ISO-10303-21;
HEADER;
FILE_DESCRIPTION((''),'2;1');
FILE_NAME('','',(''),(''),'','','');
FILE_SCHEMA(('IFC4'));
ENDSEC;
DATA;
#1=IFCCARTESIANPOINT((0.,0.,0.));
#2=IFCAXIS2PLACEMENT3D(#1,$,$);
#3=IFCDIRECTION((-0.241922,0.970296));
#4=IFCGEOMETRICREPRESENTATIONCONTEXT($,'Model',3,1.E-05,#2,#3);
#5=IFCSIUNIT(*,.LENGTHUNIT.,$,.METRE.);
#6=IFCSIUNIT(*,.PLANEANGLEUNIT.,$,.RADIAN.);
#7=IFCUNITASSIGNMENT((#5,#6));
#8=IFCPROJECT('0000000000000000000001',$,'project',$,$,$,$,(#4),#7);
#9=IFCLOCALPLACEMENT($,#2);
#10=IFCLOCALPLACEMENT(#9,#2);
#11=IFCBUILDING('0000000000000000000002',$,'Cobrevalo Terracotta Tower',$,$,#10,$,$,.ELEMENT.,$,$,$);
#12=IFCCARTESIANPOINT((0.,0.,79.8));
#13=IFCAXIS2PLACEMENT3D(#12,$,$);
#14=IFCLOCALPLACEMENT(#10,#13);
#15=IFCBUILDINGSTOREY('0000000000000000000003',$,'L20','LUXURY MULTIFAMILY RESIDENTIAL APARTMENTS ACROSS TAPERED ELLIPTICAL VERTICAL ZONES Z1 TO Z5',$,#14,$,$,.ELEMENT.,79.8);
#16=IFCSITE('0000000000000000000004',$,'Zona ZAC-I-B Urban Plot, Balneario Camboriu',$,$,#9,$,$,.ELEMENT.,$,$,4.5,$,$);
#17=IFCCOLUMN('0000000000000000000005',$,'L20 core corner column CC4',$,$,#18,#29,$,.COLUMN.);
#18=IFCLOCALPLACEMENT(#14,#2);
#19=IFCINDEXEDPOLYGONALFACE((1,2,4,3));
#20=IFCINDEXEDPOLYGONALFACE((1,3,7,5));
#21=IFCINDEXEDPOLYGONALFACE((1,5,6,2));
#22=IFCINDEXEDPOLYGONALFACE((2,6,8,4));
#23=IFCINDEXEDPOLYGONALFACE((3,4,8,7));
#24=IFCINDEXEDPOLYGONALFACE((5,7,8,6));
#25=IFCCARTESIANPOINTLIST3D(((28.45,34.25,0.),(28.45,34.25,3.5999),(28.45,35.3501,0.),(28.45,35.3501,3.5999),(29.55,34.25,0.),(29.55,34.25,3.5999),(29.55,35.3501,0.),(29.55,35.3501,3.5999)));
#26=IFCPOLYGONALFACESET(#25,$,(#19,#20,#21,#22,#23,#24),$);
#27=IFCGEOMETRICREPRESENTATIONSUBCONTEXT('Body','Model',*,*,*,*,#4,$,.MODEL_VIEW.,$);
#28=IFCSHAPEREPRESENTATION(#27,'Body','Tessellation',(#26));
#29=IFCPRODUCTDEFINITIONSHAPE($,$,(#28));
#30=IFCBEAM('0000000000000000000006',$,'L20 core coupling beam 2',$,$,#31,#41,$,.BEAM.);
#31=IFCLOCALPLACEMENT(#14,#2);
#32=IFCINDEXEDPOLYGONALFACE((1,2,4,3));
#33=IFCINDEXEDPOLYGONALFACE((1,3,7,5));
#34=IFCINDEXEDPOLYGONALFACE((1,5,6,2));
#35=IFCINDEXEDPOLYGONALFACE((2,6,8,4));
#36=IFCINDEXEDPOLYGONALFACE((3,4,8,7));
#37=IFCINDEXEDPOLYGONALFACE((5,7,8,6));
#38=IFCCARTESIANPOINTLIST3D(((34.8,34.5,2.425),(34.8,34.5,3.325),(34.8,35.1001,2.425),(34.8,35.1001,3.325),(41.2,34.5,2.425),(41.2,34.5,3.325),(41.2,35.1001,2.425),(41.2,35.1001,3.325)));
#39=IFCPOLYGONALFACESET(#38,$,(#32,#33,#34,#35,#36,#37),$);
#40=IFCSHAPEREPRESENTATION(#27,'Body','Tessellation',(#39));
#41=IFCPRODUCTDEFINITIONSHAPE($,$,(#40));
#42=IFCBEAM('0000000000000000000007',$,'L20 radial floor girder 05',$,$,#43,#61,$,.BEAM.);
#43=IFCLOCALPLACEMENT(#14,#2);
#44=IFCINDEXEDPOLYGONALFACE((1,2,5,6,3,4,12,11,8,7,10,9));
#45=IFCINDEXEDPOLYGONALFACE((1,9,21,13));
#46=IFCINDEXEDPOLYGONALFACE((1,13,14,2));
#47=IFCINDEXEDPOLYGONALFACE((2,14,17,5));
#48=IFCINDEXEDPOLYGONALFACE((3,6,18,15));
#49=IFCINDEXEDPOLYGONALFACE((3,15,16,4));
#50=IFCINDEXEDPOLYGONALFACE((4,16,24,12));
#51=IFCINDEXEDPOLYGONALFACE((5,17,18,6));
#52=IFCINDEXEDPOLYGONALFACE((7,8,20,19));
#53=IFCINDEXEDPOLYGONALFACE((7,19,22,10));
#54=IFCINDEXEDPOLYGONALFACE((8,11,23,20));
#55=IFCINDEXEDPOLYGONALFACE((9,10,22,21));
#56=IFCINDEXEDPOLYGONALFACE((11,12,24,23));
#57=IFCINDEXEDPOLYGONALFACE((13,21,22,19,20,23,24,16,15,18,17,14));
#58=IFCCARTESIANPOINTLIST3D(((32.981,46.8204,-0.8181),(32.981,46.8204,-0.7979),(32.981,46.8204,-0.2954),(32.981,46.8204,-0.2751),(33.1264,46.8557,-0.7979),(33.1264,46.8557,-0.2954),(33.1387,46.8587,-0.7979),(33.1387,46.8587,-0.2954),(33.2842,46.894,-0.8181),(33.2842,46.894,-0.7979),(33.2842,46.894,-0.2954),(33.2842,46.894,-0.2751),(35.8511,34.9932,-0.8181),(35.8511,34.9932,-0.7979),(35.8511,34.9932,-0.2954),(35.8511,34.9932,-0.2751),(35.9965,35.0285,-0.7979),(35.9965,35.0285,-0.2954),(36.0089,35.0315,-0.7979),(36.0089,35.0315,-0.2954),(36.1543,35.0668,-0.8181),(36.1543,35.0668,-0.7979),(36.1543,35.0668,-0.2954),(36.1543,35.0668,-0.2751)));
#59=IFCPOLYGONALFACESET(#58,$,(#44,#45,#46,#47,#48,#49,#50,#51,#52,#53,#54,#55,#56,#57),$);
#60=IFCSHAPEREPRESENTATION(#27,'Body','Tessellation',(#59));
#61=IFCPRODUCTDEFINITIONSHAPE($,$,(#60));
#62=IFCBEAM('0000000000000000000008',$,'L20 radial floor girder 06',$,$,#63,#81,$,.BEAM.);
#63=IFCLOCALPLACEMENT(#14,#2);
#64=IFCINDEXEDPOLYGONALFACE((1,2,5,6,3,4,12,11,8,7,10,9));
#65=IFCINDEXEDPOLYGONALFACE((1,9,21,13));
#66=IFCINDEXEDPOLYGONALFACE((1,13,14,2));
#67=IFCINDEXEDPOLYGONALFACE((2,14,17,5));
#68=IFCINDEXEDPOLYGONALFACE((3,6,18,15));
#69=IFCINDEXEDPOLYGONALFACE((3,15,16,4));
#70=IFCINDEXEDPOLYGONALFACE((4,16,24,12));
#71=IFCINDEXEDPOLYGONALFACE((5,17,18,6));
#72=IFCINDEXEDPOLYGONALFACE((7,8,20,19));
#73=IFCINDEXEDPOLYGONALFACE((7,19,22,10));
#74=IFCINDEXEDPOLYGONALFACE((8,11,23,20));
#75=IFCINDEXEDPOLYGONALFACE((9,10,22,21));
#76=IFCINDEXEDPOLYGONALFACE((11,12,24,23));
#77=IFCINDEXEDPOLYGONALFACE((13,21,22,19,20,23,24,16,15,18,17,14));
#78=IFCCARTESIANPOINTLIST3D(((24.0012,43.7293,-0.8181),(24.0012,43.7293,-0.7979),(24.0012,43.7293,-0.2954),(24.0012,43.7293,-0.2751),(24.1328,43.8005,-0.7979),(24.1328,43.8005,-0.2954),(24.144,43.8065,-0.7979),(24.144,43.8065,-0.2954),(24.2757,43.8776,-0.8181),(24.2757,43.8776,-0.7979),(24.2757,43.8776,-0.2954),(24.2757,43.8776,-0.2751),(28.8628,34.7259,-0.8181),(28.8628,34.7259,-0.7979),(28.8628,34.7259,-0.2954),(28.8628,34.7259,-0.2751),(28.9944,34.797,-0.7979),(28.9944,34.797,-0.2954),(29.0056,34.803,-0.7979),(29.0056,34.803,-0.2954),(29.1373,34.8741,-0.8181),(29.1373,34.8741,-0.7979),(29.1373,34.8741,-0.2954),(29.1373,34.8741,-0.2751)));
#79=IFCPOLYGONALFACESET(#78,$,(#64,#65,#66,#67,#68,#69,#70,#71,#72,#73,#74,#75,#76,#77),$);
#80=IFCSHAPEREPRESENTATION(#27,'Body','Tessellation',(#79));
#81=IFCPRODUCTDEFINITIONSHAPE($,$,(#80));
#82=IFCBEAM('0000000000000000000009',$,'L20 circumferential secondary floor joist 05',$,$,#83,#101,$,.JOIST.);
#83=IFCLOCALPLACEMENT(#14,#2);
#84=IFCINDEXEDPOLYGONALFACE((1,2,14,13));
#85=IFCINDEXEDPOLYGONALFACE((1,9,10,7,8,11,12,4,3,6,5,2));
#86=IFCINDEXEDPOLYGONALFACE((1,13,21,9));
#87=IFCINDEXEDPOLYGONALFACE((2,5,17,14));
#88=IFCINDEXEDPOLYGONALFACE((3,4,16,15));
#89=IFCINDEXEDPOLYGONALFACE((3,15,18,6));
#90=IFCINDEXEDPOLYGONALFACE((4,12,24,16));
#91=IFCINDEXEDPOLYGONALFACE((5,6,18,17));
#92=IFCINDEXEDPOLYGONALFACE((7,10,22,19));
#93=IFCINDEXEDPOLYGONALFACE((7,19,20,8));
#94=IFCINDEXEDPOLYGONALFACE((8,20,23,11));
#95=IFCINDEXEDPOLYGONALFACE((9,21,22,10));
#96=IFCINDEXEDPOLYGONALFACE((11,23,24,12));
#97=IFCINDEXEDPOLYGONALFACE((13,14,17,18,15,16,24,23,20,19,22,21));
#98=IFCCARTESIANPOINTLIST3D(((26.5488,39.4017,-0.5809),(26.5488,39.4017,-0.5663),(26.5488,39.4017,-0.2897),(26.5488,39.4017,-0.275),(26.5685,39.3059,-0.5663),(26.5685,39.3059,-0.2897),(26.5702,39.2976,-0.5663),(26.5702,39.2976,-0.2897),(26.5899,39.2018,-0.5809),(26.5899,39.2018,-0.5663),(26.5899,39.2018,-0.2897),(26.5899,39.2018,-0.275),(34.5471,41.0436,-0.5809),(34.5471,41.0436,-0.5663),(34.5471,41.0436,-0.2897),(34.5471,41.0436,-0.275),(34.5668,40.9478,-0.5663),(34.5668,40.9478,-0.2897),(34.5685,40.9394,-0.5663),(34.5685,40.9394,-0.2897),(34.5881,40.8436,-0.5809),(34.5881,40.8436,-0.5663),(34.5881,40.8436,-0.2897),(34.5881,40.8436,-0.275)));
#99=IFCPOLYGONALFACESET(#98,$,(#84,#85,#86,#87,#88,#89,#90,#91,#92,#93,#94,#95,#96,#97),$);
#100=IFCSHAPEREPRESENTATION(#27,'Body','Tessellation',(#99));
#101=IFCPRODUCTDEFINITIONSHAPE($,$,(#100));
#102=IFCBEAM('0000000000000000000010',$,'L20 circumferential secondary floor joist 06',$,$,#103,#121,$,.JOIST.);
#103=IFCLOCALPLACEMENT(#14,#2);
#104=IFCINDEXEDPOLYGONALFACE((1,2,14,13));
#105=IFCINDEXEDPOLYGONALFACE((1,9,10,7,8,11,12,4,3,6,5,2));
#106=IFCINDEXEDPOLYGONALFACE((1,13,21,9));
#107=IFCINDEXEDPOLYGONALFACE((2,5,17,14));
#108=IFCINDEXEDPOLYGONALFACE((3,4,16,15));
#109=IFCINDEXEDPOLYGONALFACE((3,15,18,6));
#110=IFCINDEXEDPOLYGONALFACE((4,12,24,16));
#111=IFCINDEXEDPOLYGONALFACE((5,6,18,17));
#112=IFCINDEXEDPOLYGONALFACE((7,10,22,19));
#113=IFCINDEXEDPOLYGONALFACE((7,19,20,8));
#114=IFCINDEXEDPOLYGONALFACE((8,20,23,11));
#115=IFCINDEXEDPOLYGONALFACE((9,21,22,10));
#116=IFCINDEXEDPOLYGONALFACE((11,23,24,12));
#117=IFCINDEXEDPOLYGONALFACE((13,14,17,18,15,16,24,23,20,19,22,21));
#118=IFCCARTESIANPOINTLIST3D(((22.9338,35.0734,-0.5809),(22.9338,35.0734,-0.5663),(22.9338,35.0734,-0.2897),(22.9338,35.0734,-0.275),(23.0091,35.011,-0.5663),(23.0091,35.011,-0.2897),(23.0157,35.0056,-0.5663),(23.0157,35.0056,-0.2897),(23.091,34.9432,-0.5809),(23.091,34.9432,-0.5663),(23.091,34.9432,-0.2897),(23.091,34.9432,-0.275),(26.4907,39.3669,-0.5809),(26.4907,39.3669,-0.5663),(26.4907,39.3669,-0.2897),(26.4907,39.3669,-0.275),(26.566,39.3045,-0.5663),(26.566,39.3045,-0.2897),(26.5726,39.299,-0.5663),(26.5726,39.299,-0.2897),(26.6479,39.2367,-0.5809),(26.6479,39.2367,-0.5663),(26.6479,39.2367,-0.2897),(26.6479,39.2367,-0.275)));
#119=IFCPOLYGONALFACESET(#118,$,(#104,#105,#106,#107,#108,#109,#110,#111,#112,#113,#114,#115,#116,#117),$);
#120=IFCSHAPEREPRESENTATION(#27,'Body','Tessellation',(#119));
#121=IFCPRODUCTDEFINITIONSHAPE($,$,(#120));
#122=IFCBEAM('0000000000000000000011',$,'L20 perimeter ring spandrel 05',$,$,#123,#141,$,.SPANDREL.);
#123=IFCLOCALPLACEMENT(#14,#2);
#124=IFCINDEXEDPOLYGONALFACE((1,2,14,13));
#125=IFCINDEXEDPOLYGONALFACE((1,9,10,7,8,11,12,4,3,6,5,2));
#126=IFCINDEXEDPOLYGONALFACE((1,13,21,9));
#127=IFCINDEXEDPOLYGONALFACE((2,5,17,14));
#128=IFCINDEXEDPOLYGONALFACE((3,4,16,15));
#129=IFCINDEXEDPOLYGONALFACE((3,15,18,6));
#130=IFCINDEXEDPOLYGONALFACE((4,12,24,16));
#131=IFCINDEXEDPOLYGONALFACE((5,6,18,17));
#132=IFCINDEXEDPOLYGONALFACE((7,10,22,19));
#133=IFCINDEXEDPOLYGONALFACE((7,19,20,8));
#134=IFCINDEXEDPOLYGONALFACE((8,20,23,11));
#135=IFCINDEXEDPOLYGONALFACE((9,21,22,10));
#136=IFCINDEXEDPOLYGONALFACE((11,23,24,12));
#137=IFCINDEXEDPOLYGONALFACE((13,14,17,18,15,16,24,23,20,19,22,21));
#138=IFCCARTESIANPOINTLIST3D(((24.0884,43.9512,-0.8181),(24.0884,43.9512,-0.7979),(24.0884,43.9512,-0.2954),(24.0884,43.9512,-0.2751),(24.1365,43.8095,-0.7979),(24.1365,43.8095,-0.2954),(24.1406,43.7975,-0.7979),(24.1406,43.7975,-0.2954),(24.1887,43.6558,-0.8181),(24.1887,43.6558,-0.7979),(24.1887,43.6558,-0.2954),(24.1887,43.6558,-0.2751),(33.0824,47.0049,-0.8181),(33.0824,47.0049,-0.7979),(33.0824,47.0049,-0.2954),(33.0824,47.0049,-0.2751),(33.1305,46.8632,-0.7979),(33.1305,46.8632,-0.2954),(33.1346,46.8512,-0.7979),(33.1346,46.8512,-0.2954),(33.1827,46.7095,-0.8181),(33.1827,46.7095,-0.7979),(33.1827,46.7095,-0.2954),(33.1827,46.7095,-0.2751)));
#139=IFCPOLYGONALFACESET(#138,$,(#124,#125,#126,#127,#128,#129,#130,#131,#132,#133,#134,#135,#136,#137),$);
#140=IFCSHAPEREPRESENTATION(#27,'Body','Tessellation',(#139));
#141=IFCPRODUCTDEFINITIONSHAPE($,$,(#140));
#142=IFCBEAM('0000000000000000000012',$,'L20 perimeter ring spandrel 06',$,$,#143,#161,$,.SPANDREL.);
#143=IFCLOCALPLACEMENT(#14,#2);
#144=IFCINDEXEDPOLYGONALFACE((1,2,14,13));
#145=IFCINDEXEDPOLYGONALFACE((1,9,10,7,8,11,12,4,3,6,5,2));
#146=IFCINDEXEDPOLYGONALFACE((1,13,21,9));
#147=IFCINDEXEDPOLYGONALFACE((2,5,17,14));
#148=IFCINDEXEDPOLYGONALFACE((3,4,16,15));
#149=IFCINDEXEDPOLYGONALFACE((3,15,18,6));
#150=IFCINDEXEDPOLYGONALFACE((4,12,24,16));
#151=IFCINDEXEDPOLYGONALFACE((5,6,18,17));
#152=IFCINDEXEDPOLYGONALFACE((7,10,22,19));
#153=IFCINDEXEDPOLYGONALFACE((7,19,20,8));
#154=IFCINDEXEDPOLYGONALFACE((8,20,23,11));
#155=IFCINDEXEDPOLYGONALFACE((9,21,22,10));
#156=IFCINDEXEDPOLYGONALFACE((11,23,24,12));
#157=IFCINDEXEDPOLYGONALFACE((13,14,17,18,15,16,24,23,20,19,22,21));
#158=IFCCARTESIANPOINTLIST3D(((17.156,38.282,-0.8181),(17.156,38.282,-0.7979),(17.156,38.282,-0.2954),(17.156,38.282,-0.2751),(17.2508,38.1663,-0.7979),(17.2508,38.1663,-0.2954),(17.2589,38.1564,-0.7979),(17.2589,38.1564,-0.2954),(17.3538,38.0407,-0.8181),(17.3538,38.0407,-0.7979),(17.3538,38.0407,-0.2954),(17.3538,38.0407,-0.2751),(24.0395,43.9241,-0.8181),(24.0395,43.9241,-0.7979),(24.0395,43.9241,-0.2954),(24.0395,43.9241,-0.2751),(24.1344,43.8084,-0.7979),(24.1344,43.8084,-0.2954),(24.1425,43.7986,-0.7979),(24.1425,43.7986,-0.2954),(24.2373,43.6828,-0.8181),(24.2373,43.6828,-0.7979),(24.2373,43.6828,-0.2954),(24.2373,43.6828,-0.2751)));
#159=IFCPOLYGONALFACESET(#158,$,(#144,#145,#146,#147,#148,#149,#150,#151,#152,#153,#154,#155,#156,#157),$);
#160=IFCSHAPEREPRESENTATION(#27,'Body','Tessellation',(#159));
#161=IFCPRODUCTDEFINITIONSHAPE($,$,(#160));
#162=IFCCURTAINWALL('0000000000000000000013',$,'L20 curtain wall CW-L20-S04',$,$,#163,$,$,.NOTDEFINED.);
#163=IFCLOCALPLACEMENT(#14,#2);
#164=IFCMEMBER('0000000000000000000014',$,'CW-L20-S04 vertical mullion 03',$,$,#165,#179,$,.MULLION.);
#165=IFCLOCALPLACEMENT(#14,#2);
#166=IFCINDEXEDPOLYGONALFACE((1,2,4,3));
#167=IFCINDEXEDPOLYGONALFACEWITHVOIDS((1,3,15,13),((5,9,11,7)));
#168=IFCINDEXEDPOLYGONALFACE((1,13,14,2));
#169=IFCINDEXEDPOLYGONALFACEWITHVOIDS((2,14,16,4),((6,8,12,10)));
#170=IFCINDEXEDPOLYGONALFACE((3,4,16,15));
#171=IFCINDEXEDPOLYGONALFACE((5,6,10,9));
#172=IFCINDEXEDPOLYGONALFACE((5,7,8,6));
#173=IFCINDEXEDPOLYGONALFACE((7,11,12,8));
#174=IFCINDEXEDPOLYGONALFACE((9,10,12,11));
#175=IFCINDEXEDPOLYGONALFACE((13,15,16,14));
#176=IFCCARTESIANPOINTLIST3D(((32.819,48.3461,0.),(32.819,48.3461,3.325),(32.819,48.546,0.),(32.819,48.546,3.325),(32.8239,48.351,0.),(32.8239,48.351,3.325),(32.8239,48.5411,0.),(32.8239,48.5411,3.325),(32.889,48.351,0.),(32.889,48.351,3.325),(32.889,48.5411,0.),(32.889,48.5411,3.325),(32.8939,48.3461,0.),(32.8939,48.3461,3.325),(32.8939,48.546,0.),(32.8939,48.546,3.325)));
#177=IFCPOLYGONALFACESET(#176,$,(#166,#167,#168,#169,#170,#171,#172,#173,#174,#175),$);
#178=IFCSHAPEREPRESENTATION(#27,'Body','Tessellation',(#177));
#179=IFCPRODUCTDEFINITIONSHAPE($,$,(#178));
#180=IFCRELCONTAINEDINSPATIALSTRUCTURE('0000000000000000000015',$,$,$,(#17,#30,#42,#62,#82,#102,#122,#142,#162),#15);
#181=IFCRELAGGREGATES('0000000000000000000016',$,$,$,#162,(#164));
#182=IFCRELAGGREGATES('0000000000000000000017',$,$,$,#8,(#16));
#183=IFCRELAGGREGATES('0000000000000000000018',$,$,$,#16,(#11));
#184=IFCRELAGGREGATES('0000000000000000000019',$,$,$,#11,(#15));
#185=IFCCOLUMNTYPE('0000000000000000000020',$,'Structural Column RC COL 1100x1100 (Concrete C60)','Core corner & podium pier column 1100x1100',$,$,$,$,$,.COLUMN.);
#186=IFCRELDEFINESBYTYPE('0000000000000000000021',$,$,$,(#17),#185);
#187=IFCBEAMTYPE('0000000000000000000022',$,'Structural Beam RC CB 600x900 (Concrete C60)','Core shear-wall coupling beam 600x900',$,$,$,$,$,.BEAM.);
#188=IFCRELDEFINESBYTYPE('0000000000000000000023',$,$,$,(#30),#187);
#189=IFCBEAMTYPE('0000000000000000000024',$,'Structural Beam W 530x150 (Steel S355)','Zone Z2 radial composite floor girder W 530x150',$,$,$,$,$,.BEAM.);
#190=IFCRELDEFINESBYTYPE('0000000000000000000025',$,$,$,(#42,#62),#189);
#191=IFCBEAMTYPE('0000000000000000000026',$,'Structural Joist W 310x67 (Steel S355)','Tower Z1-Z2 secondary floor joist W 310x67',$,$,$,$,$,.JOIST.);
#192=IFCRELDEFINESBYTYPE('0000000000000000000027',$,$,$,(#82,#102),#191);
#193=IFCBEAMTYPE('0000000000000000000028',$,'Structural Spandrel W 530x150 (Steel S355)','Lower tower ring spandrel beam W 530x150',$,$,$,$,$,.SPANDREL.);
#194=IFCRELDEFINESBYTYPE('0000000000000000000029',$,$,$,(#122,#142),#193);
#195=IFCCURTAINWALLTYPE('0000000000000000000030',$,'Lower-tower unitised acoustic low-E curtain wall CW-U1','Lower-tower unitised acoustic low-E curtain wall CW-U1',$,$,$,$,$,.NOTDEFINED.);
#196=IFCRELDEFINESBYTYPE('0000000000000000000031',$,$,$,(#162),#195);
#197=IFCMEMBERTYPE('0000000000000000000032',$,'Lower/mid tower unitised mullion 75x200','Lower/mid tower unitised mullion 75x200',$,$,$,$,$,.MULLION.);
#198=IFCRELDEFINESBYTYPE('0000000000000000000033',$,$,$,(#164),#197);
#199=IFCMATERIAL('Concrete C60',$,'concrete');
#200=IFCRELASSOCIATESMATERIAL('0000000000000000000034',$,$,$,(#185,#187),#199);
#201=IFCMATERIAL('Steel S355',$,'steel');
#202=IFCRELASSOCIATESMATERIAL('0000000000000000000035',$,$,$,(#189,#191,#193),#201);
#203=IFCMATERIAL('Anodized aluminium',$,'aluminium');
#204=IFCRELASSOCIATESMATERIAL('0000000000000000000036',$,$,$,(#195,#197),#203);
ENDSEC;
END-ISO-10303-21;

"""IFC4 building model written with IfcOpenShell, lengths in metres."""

from ifc_helpers import new_model, si_unit, direction, frame, origin, origin_2d, place, context, subcontext, project, spatial, rectangle, hollow_rectangle, i_section, extrude, source, transform, mapped, material, material_profile, profile_set, type_object, element, aggregate, save


model = new_model("IFC4")

# Units and contexts
model_context = context("Model", 3, precision=1e-05, world=origin(), true_north=direction((-0.241922, 0.970296)))
body_context = subcontext(model_context, "Body", "Model", "MODEL_VIEW")
ifc_project = project(units=[si_unit("LENGTHUNIT", "METRE"), si_unit("PLANEANGLEUNIT", "RADIAN")], contexts=[model_context])

# Site, building, storey
site_placement = place(None, origin())
site = spatial("IfcSite", under=ifc_project, at=site_placement, Name="Zona ZAC-I-B Urban Plot, Balneario Camboriu", CompositionType="ELEMENT", RefElevation=4.5)
building_placement = place(site_placement, origin())
building = spatial("IfcBuilding", under=site, at=building_placement, Name="Cobrevalo Terracotta Tower", CompositionType="ELEMENT")
storey_placement = place(building_placement, frame((0.0, 0.0, 79.8)))
storey = spatial("IfcBuildingStorey", under=building, at=storey_placement, Name="L20", Description="LUXURY MULTIFAMILY RESIDENTIAL APARTMENTS ACROSS TAPERED ELLIPTICAL VERTICAL ZONES Z1 TO Z5", CompositionType="ELEMENT", Elevation=79.8)

# Column
ifc_material_1 = material(Name="Steel S355", Category="steel")
ifc_material_2 = material(Name="Concrete C60", Category="concrete")
ifc_material_profile_1 = material_profile(ifc_material_2, rectangle(XDim=1.1001, YDim=1.1001, at=origin_2d()), Name="RC COL 1100x1100")
ifc_profile_set_1 = profile_set([ifc_material_profile_1], Name="Concrete C60")
column_type_1 = type_object("IfcColumnType", Name="Structural Column RC COL 1100x1100 (Concrete C60)", Description="Core corner & podium pier column 1100x1100", PredefinedType="COLUMN", material=ifc_profile_set_1)
column_placement = place(storey_placement, frame((29.0, 34.8, 0.0), z_axis=(0.0, 0.0, 1.0), x_axis=(1.0, 0.0, 0.0)))
element("IfcColumn", 1, at=column_placement, inside=storey, type_object=column_type_1, Name="L20 core corner column CC4", PredefinedType="COLUMN", context=body_context, shape_type="SweptSolid", body=[
    extrude(rectangle(XDim=1.1001, YDim=1.1001, at=origin_2d()), origin(), (0.0, 0.0, 1.0), 3.5999),
])

# Beams
ifc_material_profile_2 = material_profile(ifc_material_2, rectangle(XDim=0.6001, YDim=0.8999, at=origin_2d()), Name="RC CB 600x900")
ifc_profile_set_2 = profile_set([ifc_material_profile_2], Name="Concrete C60")
beam_type_1 = type_object("IfcBeamType", Name="Structural Beam RC CB 600x900 (Concrete C60)", Description="Core shear-wall coupling beam 600x900", PredefinedType="BEAM", material=ifc_profile_set_2)
beam_1_placement = place(storey_placement, frame((34.8, 34.8, 2.875), z_axis=(1.0, 0.0, 0.0), x_axis=(0.0, 1.0, 0.0)))
element("IfcBeam", 2, at=beam_1_placement, inside=storey, type_object=beam_type_1, Name="L20 core coupling beam 2", PredefinedType="BEAM", context=body_context, shape_type="SweptSolid", body=[
    extrude(rectangle(XDim=0.6001, YDim=0.8999, at=origin_2d()), origin(), (0.0, 0.0, 1.0), 6.3999),
])
ifc_material_profile_3 = material_profile(ifc_material_1, i_section(OverallWidth=0.312, OverallDepth=0.543, WebThickness=0.0127, FlangeThickness=0.0203, at=origin_2d()), Name="W 530x150")
ifc_profile_set_3 = profile_set([ifc_material_profile_3], Name="Steel S355")
beam_type_2 = type_object("IfcBeamType", Name="Structural Beam W 530x150 (Steel S355)", Description="Zone Z2 radial composite floor girder W 530x150", PredefinedType="BEAM", material=ifc_profile_set_3)
beam_2_placement = place(storey_placement, frame((33.1326, 46.8572, -0.5466), z_axis=(0.235827, -0.971795, 0.0), x_axis=(0.971795, 0.235827, 0.0)))
element("IfcBeam", 3, at=beam_2_placement, inside=storey, type_object=beam_type_2, Name="L20 radial floor girder 05", PredefinedType="BEAM", context=body_context, shape_type="SweptSolid", body=[
    extrude(i_section(OverallWidth=0.312, OverallDepth=0.543, WebThickness=0.0127, FlangeThickness=0.0203, at=origin_2d()), origin(), (0.0, 0.0, 1.0), 12.1704),
])
beam_3_placement = place(storey_placement, frame((24.1384, 43.8035, -0.5466), z_axis=(0.475128, -0.879917, 0.0), x_axis=(0.879917, 0.475128, 0.0)))
element("IfcBeam", 4, at=beam_3_placement, inside=storey, type_object=beam_type_2, Name="L20 radial floor girder 06", PredefinedType="BEAM", context=body_context, shape_type="SweptSolid", body=[
    extrude(i_section(OverallWidth=0.312, OverallDepth=0.543, WebThickness=0.0127, FlangeThickness=0.0203, at=origin_2d()), origin(), (0.0, 0.0, 1.0), 10.2322),
])
ifc_material_profile_4 = material_profile(ifc_material_1, i_section(OverallWidth=0.2041, OverallDepth=0.3059, WebThickness=0.0085, FlangeThickness=0.0146, at=origin_2d()), Name="W 310x67")
ifc_profile_set_4 = profile_set([ifc_material_profile_4], Name="Steel S355")
beam_type_3 = type_object("IfcBeamType", Name="Structural Joist W 310x67 (Steel S355)", Description="Tower Z1-Z2 secondary floor joist W 310x67", PredefinedType="JOIST", material=ifc_profile_set_4)
beam_4_placement = place(storey_placement, frame((34.5676, 40.9436, -0.428), z_axis=(-0.979574, -0.201082, 0.0), x_axis=(0.201082, -0.979574, 0.0)))
element("IfcBeam", 5, at=beam_4_placement, inside=storey, type_object=beam_type_3, Name="L20 circumferential secondary floor joist 05", PredefinedType="JOIST", context=body_context, shape_type="SweptSolid", body=[
    extrude(i_section(OverallWidth=0.2041, OverallDepth=0.3059, WebThickness=0.0085, FlangeThickness=0.0146, at=origin_2d()), origin(), (0.0, 0.0, 1.0), 8.165),
])
beam_5_placement = place(storey_placement, frame((26.5693, 39.3018, -0.428), z_axis=(-0.637959, -0.77007, 0.0), x_axis=(0.77007, -0.637959, 0.0)))
element("IfcBeam", 6, at=beam_5_placement, inside=storey, type_object=beam_type_3, Name="L20 circumferential secondary floor joist 06", PredefinedType="JOIST", context=body_context, shape_type="SweptSolid", body=[
    extrude(i_section(OverallWidth=0.2041, OverallDepth=0.3059, WebThickness=0.0085, FlangeThickness=0.0146, at=origin_2d()), origin(), (0.0, 0.0, 1.0), 5.5754),
])
ifc_material_profile_5 = material_profile(ifc_material_1, i_section(OverallWidth=0.312, OverallDepth=0.543, WebThickness=0.0127, FlangeThickness=0.0203, at=origin_2d()), Name="W 530x150")
ifc_profile_set_5 = profile_set([ifc_material_profile_5], Name="Steel S355")
beam_type_4 = type_object("IfcBeamType", Name="Structural Spandrel W 530x150 (Steel S355)", Description="Lower tower ring spandrel beam W 530x150", PredefinedType="SPANDREL", material=ifc_profile_set_5)
beam_6_placement = place(storey_placement, frame((33.1326, 46.8572, -0.5466), z_axis=(-0.946911, -0.321497, 0.0), x_axis=(0.321497, -0.946911, 0.0)))
element("IfcBeam", 7, at=beam_6_placement, inside=storey, type_object=beam_type_4, Name="L20 perimeter ring spandrel 05", PredefinedType="SPANDREL", context=body_context, shape_type="SweptSolid", body=[
    extrude(i_section(OverallWidth=0.312, OverallDepth=0.543, WebThickness=0.0127, FlangeThickness=0.0203, at=origin_2d()), origin(), (0.0, 0.0, 1.0), 9.4983),
])
beam_7_placement = place(storey_placement, frame((24.1384, 43.8035, -0.5466), z_axis=(-0.773401, -0.633917, 0.0), x_axis=(0.633917, -0.773401, 0.0)))
element("IfcBeam", 8, at=beam_7_placement, inside=storey, type_object=beam_type_4, Name="L20 perimeter ring spandrel 06", PredefinedType="SPANDREL", context=body_context, shape_type="SweptSolid", body=[
    extrude(i_section(OverallWidth=0.312, OverallDepth=0.543, WebThickness=0.0127, FlangeThickness=0.0203, at=origin_2d()), origin(), (0.0, 0.0, 1.0), 8.9004),
])

# Curtain wall, member
ifc_material_3 = material(Name="Anodized aluminium", Category="aluminium")
curtain_wall_type = type_object("IfcCurtainWallType", Name="Lower-tower unitised acoustic low-E curtain wall CW-U1", Description="Lower-tower unitised acoustic low-E curtain wall CW-U1", PredefinedType="NOTDEFINED", material=ifc_material_3)
curtain_wall_1_placement = place(storey_placement, origin())
curtain_wall_1 = element("IfcCurtainWall", 9, at=curtain_wall_1_placement, inside=storey, type_object=curtain_wall_type, Name="L20 curtain wall CW-L20-S04", PredefinedType="NOTDEFINED")
ifc_material_profile_6 = material_profile(ifc_material_3, hollow_rectangle(XDim=0.075, YDim=0.2, WallThickness=0.0049, at=origin_2d()), Name="CWM 75x200")
ifc_profile_set_6 = profile_set([ifc_material_profile_6], Name="Anodized aluminium")
member_type_1 = type_object("IfcMemberType", Name="Lower/mid tower unitised mullion 75x200", Description="Lower/mid tower unitised mullion 75x200", PredefinedType="MULLION", material=ifc_profile_set_6)
shared_shape_1 = source(origin(), body_context, "Body", "SweptSolid", [
    extrude(hollow_rectangle(XDim=0.075, YDim=0.2, WallThickness=0.0049, at=origin_2d()), origin(), (0.0, 0.0, 1.0), 3.325),
])
member_1_placement = place(storey_placement, frame((32.8564, 48.446, 0.0), z_axis=(0.0, 0.0, 1.0), x_axis=(-1.0, 0.0, 0.0)))
member_1 = element("IfcMember", 10, at=member_1_placement, type_object=member_type_1, Name="CW-L20-S04 vertical mullion 03", PredefinedType="MULLION", context=body_context, shape_type="MappedRepresentation", body=[
    mapped(shared_shape_1, transform((0.0, 0.0, 0.0), scale=1.0)),
])
aggregate(curtain_wall_1, [member_1])

save(model, "model.ifc")
